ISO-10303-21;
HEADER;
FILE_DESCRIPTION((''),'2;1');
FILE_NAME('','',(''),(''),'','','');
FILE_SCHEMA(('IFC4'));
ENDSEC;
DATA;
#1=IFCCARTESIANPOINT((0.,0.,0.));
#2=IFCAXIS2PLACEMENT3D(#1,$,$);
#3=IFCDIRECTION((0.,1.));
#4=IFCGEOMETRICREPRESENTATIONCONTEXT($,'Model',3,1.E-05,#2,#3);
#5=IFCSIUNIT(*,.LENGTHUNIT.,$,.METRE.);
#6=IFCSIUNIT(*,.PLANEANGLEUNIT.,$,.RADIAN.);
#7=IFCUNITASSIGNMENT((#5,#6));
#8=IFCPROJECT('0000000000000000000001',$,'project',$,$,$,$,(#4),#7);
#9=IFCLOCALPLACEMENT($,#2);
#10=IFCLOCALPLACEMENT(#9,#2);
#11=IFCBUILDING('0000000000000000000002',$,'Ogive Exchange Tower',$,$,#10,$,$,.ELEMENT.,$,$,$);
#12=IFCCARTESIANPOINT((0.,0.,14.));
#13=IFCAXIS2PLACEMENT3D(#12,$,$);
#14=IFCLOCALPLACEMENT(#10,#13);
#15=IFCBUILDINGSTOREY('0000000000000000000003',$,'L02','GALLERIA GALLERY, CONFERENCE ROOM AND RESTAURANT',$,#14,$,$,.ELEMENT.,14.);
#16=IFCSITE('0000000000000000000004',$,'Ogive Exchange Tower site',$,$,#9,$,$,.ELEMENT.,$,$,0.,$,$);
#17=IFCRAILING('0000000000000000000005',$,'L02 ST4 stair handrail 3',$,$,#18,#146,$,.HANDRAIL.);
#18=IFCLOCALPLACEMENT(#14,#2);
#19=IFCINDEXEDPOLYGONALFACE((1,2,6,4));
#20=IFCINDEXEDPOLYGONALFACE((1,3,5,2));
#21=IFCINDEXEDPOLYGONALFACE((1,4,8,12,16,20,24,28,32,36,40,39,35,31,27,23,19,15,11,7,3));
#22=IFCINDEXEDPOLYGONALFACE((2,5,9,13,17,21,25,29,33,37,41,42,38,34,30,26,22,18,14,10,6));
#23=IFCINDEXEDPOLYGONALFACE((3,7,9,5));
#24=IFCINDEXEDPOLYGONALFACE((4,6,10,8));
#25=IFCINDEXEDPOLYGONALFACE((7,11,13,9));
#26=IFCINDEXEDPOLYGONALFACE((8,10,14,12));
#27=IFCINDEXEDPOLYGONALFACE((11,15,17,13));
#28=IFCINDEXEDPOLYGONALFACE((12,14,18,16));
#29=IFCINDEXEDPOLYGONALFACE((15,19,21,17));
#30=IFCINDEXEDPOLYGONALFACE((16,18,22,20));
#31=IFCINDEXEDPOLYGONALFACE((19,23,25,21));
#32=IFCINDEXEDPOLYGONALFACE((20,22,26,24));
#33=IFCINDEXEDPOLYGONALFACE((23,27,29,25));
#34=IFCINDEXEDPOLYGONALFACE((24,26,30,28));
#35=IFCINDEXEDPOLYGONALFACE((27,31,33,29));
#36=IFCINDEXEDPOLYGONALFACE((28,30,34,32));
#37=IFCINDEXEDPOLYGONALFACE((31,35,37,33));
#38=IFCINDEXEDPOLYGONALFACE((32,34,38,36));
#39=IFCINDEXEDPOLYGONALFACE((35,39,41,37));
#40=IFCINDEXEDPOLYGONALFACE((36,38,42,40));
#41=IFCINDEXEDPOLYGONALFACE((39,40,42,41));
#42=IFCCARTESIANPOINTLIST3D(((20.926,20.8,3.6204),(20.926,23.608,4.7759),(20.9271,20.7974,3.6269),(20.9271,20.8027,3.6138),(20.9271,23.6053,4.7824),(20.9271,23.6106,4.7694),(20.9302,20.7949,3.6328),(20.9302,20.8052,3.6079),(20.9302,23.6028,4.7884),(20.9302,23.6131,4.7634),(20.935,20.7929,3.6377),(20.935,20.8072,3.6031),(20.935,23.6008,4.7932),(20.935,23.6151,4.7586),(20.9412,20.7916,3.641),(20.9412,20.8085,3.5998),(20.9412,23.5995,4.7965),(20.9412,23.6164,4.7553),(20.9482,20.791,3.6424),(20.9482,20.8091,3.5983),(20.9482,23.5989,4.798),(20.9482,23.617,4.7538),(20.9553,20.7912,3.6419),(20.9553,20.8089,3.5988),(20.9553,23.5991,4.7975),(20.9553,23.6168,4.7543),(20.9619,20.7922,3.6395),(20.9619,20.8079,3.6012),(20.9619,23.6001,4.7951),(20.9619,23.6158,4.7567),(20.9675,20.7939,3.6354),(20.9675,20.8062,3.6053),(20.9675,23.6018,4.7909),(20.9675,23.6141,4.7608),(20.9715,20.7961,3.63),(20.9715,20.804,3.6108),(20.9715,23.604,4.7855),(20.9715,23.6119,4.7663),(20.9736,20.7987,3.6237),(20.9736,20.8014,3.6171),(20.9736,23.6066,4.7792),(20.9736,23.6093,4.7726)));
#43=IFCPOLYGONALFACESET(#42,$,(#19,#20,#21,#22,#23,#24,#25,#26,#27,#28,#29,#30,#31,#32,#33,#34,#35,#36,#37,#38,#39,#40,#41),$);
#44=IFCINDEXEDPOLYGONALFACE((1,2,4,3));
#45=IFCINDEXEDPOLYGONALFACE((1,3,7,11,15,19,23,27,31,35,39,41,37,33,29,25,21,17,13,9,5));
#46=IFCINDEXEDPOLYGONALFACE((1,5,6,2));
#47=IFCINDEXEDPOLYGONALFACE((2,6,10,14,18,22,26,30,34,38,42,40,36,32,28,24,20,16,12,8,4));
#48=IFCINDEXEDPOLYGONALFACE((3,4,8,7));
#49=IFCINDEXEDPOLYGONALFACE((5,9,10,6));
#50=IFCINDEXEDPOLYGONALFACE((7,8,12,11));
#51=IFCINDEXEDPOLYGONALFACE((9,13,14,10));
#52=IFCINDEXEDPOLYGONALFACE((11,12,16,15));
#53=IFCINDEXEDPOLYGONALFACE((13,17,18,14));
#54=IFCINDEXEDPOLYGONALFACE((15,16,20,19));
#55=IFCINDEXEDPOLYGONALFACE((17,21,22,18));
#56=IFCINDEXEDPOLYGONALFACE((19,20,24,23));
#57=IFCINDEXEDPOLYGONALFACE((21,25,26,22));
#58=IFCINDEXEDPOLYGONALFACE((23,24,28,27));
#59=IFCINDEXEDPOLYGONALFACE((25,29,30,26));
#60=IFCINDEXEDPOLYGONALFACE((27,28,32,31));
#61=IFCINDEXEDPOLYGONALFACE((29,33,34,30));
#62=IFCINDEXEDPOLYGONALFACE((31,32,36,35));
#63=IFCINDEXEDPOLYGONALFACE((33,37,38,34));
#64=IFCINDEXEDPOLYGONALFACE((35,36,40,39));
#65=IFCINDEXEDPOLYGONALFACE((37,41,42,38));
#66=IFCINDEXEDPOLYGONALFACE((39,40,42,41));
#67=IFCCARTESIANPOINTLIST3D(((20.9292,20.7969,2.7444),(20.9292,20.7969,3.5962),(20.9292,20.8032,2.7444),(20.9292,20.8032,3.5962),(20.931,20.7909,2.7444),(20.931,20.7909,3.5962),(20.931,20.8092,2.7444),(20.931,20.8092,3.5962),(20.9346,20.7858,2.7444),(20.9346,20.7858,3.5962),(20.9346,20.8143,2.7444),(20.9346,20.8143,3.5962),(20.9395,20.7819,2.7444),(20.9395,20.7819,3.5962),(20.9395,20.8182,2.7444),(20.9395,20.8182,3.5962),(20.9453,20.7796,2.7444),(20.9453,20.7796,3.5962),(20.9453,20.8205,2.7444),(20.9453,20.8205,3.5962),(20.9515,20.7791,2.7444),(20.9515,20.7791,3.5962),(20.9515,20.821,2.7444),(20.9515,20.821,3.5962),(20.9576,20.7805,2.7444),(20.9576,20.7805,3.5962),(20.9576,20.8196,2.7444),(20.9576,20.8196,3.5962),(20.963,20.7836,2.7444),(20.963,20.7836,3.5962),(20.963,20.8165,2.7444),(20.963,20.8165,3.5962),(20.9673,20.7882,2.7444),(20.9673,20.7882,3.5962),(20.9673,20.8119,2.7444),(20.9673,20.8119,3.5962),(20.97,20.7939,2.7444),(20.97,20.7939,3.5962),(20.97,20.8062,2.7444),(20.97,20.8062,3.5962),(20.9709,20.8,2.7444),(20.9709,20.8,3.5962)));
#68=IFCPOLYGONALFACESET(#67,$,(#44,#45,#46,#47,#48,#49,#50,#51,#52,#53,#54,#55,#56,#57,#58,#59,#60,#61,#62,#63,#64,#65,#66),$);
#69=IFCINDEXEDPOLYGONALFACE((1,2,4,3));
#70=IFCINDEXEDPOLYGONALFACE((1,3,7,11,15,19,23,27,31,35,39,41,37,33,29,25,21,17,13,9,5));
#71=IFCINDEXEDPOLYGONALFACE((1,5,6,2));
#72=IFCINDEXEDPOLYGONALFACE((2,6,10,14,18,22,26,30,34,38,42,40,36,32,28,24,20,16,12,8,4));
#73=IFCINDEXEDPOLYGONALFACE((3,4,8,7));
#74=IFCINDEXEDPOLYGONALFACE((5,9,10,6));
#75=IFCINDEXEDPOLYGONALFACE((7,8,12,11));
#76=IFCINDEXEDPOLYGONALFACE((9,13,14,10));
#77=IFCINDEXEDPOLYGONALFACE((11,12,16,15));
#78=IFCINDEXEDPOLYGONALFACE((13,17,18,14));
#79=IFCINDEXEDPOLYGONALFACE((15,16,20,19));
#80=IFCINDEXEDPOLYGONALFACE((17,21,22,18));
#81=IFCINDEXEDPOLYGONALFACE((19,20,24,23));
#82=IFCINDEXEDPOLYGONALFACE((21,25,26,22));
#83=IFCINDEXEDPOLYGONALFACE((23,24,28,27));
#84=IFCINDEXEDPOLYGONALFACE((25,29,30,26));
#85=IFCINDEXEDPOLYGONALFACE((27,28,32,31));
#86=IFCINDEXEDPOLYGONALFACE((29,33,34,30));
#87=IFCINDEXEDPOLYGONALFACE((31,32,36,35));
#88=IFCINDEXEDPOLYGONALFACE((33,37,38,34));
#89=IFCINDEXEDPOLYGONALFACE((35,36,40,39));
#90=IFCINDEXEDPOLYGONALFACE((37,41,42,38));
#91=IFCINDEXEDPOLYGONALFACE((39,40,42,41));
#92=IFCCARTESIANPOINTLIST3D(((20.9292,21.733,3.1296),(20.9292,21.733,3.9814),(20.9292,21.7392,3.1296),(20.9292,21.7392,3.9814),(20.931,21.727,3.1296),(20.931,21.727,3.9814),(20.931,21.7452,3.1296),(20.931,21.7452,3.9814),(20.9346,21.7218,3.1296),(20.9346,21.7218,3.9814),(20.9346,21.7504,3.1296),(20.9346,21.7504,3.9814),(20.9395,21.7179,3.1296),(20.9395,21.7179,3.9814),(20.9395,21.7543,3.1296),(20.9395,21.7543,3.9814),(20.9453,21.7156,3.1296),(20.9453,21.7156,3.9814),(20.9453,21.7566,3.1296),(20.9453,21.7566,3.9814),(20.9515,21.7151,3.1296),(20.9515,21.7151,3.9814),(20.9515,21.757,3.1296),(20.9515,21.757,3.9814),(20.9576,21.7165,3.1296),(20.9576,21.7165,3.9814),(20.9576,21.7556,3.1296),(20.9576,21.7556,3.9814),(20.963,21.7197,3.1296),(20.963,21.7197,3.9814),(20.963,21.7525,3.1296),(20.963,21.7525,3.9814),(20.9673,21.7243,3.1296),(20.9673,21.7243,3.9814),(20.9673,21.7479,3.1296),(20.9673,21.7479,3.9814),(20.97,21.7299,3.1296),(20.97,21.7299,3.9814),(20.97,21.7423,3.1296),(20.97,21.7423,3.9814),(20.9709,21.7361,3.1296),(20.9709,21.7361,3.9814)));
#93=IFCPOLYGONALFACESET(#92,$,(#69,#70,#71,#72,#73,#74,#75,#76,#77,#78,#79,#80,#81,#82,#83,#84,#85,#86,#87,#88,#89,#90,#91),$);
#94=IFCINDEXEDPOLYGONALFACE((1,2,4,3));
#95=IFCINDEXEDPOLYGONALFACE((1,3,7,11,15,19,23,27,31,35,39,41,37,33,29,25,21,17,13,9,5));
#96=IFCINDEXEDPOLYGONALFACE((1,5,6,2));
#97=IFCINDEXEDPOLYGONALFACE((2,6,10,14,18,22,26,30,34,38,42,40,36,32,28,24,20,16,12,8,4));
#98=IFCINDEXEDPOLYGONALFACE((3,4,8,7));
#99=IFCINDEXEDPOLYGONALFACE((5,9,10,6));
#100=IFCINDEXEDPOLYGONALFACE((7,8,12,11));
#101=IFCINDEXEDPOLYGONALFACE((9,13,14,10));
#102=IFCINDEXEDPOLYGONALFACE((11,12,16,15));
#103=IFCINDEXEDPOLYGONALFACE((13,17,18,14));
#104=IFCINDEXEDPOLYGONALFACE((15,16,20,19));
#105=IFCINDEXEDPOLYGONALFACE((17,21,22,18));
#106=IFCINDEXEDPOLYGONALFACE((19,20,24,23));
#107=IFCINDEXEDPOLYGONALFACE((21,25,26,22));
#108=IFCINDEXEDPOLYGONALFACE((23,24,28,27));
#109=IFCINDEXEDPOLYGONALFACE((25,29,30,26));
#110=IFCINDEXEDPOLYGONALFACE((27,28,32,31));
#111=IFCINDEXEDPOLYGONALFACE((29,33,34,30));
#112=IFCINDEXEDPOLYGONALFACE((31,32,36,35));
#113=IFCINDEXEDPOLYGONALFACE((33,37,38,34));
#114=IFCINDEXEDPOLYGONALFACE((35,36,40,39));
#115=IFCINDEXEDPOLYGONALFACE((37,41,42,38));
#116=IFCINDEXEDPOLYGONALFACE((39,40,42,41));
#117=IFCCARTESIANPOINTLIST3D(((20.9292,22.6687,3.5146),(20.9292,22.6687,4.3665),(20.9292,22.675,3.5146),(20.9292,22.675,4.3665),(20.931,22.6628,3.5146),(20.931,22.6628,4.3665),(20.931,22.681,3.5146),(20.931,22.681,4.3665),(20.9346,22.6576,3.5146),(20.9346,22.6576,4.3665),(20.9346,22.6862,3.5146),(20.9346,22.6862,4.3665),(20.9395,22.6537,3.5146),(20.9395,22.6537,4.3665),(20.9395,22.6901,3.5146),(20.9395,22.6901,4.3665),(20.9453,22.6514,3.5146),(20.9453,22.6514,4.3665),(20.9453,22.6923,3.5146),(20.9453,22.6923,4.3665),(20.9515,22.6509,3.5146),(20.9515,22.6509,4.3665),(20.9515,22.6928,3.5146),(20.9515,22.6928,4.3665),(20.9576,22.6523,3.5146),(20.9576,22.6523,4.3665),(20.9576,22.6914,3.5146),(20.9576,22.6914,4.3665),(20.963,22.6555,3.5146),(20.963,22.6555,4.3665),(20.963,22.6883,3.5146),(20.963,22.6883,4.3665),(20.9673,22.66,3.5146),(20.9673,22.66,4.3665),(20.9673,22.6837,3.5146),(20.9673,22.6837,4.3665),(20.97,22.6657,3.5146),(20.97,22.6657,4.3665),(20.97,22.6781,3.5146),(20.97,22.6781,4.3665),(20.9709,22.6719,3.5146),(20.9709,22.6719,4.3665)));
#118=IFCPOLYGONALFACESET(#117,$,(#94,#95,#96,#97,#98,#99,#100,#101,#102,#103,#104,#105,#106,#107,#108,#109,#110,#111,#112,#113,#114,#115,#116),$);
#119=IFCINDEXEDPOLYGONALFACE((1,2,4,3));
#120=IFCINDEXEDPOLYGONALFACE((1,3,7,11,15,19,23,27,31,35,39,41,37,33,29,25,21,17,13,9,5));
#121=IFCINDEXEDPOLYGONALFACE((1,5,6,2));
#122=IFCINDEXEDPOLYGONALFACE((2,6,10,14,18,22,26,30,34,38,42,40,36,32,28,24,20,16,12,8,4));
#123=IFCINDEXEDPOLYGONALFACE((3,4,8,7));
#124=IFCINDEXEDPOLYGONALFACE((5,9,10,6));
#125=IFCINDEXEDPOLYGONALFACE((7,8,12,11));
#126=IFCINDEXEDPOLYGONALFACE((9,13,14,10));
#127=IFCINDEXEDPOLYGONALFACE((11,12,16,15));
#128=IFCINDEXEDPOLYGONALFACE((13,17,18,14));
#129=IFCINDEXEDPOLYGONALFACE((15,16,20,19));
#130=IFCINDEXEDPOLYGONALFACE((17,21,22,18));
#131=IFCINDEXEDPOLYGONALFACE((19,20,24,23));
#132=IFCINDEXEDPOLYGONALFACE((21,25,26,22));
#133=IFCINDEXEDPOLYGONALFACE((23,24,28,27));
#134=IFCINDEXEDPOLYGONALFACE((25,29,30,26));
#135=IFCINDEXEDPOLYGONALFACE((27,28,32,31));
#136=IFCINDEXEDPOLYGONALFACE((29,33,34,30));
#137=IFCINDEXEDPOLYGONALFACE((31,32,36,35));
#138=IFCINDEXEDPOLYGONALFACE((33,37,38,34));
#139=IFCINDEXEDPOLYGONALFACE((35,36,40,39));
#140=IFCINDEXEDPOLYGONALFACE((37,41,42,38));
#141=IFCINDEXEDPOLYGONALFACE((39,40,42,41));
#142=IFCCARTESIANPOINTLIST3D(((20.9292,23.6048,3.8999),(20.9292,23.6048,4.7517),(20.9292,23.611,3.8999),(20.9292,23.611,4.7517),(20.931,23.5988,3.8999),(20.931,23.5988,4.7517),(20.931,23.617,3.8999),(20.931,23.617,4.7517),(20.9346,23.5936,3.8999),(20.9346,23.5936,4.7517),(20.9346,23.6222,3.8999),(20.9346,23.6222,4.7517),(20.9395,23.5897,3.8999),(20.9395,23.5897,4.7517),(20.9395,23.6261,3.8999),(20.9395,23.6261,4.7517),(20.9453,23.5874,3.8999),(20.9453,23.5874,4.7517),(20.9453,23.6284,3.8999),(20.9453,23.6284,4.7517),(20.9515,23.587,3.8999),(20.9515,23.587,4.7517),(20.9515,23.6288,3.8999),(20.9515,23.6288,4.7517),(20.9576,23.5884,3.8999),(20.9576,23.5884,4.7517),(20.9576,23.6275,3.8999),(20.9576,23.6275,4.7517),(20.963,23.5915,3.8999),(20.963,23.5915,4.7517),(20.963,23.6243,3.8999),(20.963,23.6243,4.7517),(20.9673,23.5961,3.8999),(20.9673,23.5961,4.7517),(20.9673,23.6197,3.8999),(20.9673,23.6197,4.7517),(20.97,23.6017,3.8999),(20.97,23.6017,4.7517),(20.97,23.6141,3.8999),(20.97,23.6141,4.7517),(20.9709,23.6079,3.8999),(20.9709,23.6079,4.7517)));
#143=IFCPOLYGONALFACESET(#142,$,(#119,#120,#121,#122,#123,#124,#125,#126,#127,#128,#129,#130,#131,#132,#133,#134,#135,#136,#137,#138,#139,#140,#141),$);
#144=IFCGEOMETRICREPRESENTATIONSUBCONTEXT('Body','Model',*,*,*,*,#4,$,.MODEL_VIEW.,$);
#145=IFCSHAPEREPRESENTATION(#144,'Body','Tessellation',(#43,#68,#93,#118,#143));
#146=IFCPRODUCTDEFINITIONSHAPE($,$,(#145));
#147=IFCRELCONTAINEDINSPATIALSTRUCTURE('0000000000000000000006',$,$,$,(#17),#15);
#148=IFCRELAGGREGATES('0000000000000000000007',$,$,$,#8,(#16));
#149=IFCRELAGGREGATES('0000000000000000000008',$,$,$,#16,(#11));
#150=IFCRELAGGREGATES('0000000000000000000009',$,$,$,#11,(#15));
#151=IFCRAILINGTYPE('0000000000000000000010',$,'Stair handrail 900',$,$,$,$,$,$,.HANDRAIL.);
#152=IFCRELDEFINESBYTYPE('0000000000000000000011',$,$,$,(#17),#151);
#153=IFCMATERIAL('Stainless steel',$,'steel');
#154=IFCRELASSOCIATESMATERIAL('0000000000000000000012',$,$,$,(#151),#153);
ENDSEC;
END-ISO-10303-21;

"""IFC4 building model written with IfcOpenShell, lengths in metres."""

from ifc_helpers import new_model, si_unit, direction, frame, origin, origin_2d, place, context, subcontext, project, spatial, circle, extrude, material, type_object, element, save


model = new_model("IFC4")

# Units and contexts
model_context = context("Model", 3, precision=1e-05, world=origin(), true_north=direction((0.0, 1.0)))
body_context = subcontext(model_context, "Body", "Model", "MODEL_VIEW")
ifc_project = project(units=[si_unit("LENGTHUNIT", "METRE"), si_unit("PLANEANGLEUNIT", "RADIAN")], contexts=[model_context])

# Site, building, storey
site_placement = place(None, origin())
site = spatial("IfcSite", under=ifc_project, at=site_placement, Name="Ogive Exchange Tower site", CompositionType="ELEMENT", RefElevation=0.0)
building_placement = place(site_placement, origin())
building = spatial("IfcBuilding", under=site, at=building_placement, Name="Ogive Exchange Tower", CompositionType="ELEMENT")
storey_placement = place(building_placement, frame((0.0, 0.0, 14.0)))
storey = spatial("IfcBuildingStorey", under=building, at=storey_placement, Name="L02", Description="GALLERIA GALLERY, CONFERENCE ROOM AND RESTAURANT", CompositionType="ELEMENT", Elevation=14.0)

# Shared definitions
ifc_material_1 = material(Name="Stainless steel", Category="steel")

# Railing
railing_type = type_object("IfcRailingType", Name="Stair handrail 900", PredefinedType="HANDRAIL", material=ifc_material_1)
railing_1_placement = place(storey_placement, frame((20.95, 20.8, 2.7444)))
element("IfcRailing", 1, at=railing_1_placement, inside=storey, type_object=railing_type, Name="L02 ST4 stair handrail 3", PredefinedType="HANDRAIL", context=body_context, shape_type="SweptSolid", body=[
    extrude(circle(Radius=0.0239, at=origin_2d()), frame((0.0, 0.0, 0.876), z_axis=(0.0, 0.924755, 0.380564), x_axis=(-1.0, 0.0, 0.0)), (0.0, 0.0, 1.0), 3.0364),
    extrude(circle(Radius=0.021, at=origin_2d()), origin(), (0.0, 0.0, 1.0), 0.8518),
    extrude(circle(Radius=0.021, at=origin_2d()), frame((0.0, 0.936, 0.3853)), (0.0, 0.0, 1.0), 0.8518),
    extrude(circle(Radius=0.021, at=origin_2d()), frame((0.0, 1.8718, 0.7703)), (0.0, 0.0, 1.0), 0.8518),
    extrude(circle(Radius=0.021, at=origin_2d()), frame((0.0, 2.8079, 1.1555)), (0.0, 0.0, 1.0), 0.8518),
])

save(model, "model.ifc")
